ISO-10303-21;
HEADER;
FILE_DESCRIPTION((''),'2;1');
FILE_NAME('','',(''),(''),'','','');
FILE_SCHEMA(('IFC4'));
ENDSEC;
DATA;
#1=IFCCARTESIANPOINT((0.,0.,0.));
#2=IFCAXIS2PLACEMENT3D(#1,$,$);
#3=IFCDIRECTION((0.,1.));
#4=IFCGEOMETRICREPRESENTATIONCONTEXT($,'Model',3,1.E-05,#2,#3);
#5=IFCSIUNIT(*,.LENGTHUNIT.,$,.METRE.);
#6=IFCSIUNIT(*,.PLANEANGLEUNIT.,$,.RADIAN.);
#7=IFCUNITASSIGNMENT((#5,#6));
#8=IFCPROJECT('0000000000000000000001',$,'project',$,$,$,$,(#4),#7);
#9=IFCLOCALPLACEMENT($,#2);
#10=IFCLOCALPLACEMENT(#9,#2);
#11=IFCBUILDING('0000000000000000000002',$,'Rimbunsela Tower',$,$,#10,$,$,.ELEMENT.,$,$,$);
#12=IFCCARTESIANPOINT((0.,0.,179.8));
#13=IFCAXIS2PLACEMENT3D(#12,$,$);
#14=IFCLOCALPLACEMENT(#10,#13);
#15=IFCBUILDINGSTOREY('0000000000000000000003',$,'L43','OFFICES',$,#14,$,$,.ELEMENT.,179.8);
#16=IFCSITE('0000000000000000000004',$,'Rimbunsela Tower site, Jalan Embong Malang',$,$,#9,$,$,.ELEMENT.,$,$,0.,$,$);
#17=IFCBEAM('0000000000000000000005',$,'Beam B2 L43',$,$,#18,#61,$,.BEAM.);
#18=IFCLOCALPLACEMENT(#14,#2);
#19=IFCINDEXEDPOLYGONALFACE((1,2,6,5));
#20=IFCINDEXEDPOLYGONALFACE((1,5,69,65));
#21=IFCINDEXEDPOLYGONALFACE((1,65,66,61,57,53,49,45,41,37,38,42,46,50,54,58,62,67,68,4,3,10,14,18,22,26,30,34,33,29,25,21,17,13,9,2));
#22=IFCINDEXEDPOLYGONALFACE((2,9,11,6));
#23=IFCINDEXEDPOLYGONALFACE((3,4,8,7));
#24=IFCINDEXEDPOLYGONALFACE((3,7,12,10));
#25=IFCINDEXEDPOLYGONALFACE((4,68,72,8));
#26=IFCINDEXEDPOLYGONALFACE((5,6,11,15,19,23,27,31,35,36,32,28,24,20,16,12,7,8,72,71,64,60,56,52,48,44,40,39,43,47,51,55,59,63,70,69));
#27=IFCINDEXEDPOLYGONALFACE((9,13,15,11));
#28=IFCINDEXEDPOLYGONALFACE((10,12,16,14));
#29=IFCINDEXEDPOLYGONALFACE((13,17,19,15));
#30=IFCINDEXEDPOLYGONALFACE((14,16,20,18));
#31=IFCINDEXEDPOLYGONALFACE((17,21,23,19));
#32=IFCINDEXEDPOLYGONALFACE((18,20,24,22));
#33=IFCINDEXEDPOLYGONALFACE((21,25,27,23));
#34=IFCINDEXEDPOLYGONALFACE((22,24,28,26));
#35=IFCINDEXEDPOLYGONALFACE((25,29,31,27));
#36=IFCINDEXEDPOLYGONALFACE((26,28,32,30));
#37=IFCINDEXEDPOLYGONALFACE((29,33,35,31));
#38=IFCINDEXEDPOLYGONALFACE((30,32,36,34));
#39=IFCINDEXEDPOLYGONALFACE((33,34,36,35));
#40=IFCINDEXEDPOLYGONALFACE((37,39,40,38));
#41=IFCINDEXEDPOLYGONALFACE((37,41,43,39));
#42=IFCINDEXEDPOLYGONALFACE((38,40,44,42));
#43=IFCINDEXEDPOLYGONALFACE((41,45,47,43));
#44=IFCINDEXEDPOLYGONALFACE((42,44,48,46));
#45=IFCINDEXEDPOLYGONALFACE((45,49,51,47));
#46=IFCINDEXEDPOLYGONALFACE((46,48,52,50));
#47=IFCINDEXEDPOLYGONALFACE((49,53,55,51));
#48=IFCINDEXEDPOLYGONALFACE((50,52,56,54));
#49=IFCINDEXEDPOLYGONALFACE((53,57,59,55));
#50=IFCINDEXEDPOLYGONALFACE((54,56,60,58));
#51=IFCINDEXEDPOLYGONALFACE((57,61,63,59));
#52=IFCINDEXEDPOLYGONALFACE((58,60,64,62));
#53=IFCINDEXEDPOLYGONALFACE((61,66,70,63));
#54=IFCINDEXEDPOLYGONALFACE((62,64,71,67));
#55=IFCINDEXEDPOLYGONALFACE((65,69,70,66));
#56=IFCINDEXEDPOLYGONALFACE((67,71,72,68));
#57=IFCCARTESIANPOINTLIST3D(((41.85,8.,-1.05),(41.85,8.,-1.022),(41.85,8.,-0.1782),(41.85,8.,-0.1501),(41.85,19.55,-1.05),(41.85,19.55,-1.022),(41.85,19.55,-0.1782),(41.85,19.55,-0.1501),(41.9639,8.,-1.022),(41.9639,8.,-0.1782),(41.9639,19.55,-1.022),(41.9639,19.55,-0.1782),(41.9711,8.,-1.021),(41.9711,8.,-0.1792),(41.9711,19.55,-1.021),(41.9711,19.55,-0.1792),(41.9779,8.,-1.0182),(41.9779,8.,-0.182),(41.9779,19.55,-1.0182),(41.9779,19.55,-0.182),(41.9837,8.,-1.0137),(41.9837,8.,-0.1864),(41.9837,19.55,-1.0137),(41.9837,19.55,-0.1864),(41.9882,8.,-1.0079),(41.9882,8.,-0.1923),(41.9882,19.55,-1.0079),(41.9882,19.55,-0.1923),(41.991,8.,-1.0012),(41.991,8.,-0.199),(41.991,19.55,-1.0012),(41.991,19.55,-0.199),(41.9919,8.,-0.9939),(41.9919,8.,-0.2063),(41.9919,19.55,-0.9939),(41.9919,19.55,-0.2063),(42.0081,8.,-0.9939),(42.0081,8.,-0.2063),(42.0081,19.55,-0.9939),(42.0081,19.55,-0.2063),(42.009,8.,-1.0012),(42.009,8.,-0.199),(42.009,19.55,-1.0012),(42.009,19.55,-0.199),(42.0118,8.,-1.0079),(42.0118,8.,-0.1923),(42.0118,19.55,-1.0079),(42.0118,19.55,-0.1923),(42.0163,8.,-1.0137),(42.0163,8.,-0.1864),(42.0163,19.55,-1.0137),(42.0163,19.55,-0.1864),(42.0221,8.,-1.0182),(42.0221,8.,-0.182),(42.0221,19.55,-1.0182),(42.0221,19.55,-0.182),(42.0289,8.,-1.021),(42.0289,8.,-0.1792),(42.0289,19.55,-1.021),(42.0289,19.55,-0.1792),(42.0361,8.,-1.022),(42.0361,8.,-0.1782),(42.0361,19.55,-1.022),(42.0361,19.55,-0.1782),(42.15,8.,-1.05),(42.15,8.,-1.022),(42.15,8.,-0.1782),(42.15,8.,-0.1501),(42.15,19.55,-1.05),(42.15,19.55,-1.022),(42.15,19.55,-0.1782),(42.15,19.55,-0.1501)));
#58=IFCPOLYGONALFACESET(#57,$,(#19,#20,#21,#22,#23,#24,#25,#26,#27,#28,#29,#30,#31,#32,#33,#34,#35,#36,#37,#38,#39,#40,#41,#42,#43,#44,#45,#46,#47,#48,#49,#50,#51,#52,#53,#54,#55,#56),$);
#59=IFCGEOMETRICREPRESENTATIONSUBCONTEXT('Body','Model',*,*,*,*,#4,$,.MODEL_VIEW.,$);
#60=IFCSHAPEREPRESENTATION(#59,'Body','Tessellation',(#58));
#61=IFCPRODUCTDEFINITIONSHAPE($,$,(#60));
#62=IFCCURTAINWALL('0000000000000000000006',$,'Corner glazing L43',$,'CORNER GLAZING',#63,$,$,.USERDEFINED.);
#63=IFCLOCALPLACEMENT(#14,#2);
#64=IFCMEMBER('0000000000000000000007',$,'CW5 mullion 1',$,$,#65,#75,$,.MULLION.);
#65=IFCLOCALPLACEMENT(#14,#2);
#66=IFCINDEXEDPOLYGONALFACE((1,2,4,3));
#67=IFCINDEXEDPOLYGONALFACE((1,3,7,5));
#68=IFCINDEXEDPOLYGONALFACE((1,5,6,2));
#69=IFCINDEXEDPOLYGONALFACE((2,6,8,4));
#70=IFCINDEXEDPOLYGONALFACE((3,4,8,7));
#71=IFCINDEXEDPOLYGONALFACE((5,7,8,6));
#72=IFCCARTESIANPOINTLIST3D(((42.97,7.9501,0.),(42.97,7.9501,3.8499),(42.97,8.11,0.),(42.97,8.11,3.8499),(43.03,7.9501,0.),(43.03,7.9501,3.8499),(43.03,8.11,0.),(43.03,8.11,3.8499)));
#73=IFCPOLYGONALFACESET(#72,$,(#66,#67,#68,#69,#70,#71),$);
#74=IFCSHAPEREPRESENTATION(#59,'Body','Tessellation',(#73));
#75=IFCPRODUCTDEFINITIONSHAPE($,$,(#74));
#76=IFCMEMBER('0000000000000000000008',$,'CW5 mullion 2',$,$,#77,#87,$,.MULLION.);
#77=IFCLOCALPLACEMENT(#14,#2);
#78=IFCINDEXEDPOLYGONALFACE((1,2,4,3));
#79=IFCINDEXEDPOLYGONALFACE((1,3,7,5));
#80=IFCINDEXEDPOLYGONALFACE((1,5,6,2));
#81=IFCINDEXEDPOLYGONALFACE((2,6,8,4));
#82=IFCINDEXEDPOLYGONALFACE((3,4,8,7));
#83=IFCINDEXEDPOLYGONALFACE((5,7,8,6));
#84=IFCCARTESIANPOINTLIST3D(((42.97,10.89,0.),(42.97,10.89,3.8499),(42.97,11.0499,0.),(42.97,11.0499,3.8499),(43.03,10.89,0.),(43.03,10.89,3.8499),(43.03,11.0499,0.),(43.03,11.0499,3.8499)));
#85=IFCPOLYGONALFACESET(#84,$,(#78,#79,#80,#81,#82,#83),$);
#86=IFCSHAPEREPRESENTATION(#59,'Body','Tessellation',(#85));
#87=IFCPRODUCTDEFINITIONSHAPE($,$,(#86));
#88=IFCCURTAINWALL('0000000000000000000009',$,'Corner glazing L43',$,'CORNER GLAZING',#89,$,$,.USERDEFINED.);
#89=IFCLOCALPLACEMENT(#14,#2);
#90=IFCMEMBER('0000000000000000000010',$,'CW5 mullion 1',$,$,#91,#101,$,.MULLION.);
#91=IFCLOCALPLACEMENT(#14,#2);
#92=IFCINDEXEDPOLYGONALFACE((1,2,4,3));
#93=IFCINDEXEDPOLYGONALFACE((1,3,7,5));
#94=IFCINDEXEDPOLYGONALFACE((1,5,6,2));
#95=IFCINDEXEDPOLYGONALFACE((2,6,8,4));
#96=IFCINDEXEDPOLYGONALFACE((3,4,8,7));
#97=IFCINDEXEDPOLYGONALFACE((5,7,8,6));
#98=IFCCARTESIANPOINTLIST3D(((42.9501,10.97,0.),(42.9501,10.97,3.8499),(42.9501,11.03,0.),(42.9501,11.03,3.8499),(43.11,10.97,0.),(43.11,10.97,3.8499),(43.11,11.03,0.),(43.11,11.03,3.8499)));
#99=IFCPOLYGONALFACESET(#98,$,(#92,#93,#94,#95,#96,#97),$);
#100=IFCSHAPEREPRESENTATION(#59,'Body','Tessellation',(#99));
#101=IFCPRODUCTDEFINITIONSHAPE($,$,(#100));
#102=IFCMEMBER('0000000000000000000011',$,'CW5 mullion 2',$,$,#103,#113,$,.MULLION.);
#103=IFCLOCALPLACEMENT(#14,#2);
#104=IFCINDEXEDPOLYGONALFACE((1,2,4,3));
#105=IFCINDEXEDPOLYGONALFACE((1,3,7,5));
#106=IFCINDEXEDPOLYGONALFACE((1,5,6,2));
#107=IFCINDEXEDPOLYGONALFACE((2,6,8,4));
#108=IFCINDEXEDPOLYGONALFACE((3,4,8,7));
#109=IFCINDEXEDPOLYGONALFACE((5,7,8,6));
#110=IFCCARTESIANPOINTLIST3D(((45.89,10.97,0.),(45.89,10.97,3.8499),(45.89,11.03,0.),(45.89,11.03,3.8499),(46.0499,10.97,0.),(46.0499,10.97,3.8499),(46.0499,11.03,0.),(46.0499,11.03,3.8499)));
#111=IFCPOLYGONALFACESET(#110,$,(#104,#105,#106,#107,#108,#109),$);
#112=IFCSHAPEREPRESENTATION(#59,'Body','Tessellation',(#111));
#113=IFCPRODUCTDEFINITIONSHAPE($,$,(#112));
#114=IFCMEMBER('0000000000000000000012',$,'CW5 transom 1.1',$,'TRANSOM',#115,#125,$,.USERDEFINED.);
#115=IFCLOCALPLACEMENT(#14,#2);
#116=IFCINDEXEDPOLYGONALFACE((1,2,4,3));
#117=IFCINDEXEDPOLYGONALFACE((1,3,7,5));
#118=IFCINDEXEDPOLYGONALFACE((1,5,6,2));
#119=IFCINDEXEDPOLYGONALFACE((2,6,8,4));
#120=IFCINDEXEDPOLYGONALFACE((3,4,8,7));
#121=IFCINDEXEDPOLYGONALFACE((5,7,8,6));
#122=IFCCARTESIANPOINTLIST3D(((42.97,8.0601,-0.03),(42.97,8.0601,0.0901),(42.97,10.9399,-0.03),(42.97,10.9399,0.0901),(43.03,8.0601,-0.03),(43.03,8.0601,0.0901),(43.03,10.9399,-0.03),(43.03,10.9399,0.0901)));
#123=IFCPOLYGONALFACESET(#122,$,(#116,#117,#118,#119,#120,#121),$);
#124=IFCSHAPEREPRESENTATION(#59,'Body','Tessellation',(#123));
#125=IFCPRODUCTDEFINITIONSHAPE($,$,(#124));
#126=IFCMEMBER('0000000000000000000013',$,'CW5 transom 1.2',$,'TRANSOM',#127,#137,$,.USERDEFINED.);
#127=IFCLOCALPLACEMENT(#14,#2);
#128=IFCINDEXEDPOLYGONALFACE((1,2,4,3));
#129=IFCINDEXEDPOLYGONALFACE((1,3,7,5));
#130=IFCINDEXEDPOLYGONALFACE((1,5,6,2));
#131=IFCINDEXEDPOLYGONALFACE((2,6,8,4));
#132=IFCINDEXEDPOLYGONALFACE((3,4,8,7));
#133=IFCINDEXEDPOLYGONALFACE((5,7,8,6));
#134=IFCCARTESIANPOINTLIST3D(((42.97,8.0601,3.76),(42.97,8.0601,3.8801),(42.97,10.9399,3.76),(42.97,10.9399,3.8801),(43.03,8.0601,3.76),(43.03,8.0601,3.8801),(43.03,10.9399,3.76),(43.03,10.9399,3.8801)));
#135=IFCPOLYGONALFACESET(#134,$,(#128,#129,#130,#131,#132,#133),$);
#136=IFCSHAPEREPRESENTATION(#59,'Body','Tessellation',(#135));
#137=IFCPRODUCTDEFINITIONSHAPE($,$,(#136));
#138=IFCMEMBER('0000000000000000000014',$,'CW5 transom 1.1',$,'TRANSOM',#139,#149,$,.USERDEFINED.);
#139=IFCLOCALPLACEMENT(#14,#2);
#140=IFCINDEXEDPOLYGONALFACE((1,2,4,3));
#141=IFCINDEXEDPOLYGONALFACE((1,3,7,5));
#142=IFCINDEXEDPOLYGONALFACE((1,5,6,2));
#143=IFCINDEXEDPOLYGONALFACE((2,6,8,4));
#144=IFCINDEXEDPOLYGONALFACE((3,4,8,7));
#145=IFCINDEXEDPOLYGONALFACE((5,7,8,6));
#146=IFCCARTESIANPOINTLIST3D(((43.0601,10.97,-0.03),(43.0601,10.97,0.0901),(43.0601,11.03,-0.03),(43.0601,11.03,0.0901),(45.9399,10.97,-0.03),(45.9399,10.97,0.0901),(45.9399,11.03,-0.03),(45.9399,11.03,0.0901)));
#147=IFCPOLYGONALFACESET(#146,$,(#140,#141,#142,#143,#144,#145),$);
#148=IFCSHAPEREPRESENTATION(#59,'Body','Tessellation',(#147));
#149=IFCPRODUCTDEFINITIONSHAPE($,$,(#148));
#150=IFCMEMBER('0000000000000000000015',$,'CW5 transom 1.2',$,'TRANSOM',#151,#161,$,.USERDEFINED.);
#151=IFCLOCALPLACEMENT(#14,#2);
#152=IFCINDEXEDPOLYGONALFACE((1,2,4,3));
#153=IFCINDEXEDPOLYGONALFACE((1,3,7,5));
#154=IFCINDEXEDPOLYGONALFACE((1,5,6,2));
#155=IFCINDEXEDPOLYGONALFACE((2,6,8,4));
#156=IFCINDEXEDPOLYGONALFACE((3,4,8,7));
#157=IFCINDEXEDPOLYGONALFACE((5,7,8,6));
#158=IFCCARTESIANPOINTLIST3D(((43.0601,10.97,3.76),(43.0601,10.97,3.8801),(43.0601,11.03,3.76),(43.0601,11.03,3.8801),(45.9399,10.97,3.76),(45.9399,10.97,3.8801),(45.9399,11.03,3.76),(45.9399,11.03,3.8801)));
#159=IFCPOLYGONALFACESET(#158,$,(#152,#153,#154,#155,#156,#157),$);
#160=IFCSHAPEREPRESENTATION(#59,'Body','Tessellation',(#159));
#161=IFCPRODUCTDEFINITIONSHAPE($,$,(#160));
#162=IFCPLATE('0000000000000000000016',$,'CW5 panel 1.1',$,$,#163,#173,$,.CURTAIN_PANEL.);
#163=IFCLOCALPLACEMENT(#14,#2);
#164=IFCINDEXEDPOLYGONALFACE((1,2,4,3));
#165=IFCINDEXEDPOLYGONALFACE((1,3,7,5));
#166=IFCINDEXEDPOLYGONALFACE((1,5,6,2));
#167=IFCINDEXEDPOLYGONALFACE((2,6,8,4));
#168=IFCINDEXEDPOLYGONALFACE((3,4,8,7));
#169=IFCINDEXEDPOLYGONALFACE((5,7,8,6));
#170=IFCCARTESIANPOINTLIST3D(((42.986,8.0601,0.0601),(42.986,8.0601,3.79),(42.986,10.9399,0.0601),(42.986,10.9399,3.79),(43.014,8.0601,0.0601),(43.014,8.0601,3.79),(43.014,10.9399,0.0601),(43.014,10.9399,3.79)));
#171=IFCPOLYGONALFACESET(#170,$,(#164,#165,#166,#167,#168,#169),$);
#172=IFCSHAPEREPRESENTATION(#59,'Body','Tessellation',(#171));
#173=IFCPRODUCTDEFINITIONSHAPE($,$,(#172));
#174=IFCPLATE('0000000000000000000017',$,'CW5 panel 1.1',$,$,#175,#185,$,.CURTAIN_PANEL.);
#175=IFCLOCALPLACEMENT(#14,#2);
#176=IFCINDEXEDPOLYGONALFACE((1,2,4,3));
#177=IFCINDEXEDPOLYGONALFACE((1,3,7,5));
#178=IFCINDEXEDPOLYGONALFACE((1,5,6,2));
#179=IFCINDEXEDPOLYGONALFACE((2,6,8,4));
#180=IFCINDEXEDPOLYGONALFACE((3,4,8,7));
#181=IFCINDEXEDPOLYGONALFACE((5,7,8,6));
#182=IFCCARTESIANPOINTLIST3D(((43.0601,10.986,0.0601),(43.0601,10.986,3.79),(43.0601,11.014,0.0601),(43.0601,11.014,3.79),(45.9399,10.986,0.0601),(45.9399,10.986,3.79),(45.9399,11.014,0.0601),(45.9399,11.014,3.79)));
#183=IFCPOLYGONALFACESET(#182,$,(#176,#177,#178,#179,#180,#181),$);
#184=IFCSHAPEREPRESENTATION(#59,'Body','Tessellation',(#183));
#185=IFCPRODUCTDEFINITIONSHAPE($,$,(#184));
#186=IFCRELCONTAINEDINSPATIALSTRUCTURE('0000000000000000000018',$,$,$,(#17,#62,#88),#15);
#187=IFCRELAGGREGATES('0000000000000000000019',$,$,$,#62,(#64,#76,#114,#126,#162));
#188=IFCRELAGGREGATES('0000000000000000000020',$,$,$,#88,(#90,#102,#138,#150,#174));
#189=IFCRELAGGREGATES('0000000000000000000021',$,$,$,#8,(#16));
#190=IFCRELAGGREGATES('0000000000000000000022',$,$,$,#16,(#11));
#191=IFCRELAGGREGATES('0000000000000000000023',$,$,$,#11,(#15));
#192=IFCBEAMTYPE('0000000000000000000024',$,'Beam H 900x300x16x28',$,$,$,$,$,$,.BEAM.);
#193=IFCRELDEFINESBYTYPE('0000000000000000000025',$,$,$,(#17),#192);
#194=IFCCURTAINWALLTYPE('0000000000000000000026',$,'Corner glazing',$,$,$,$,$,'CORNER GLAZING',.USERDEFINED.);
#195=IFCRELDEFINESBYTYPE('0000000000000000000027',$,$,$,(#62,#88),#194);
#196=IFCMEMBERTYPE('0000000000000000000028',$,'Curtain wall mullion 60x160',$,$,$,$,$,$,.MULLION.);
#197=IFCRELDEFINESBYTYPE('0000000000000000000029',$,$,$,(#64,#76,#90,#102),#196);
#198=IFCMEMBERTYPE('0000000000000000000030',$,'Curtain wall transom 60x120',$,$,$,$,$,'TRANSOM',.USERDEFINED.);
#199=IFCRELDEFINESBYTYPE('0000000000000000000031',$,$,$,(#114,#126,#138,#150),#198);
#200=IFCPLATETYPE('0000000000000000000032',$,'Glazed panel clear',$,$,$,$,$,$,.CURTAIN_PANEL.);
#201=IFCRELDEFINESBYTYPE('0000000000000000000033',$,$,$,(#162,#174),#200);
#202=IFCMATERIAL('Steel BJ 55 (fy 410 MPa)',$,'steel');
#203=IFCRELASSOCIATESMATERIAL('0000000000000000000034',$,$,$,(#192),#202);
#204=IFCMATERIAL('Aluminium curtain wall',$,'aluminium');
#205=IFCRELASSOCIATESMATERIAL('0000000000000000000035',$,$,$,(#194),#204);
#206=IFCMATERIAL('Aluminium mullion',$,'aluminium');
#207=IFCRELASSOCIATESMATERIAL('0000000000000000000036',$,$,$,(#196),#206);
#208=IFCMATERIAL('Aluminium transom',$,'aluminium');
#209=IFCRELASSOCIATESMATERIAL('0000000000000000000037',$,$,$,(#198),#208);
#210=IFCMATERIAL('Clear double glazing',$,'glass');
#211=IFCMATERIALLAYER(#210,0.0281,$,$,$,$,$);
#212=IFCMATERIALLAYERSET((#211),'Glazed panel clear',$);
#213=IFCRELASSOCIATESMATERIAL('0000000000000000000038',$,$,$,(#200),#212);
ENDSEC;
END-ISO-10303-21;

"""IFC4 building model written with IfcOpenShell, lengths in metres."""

from ifc_helpers import new_model, si_unit, direction, frame, origin, origin_2d, place, context, subcontext, project, spatial, rectangle, i_section, extrude, material, layer, layer_set, material_profile, profile_set, type_object, element, aggregate, save


model = new_model("IFC4")

# Units and contexts
model_context = context("Model", 3, precision=1e-05, world=origin(), true_north=direction((0.0, 1.0)))
body_context = subcontext(model_context, "Body", "Model", "MODEL_VIEW")
ifc_project = project(units=[si_unit("LENGTHUNIT", "METRE"), si_unit("PLANEANGLEUNIT", "RADIAN")], contexts=[model_context])

# Site, building, storey
site_placement = place(None, origin())
site = spatial("IfcSite", under=ifc_project, at=site_placement, Name="Rimbunsela Tower site, Jalan Embong Malang", CompositionType="ELEMENT", RefElevation=0.0)
building_placement = place(site_placement, origin())
building = spatial("IfcBuilding", under=site, at=building_placement, Name="Rimbunsela Tower", CompositionType="ELEMENT")
storey_placement = place(building_placement, frame((0.0, 0.0, 179.8)))
storey = spatial("IfcBuildingStorey", under=building, at=storey_placement, Name="L43", Description="OFFICES", CompositionType="ELEMENT", Elevation=179.8)

# Beam
ifc_material_1 = material(Name="Steel BJ 55 (fy 410 MPa)", Category="steel")
ifc_material_profile_1 = material_profile(ifc_material_1, i_section(OverallWidth=0.3, OverallDepth=0.8999, WebThickness=0.0161, FlangeThickness=0.0281, FilletRadius=0.0281, at=origin_2d()), Name="H 900x300x16x28")
ifc_profile_set_1 = profile_set([ifc_material_profile_1], Name="Steel BJ 55 (fy 410 MPa)")
beam_type_1 = type_object("IfcBeamType", Name="Beam H 900x300x16x28", PredefinedType="BEAM", material=ifc_profile_set_1)
for number, where, z_axis, x_axis, name in (
    (1, (42.0, 8.0, -0.6001), (0.0, 1.0, 0.0), (-1.0, 0.0, 0.0), "Beam B2 L43"),
):
    element("IfcBeam", number, at=place(storey_placement, frame(where, z_axis=z_axis, x_axis=x_axis)), inside=storey, type_object=beam_type_1, Name=name, PredefinedType="BEAM", context=body_context, shape_type="SweptSolid", body=[
        extrude(i_section(OverallWidth=0.3, OverallDepth=0.8999, WebThickness=0.0161, FlangeThickness=0.0281, FilletRadius=0.0281, at=origin_2d()), origin(), (0.0, 0.0, 1.0), 11.55),
    ])

# Curtain walls, members
ifc_material_2 = material(Name="Aluminium curtain wall", Category="aluminium")
curtain_wall_type = type_object("IfcCurtainWallType", Name="Corner glazing", ElementType="CORNER GLAZING", PredefinedType="USERDEFINED", material=ifc_material_2)
curtain_wall_1_placement = place(storey_placement, origin())
curtain_wall_1 = element("IfcCurtainWall", 2, at=curtain_wall_1_placement, inside=storey, type_object=curtain_wall_type, Name="Corner glazing L43", ObjectType="CORNER GLAZING", PredefinedType="USERDEFINED")
ifc_material_3 = material(Name="Aluminium mullion", Category="aluminium")
ifc_material_profile_2 = material_profile(ifc_material_3, rectangle(XDim=0.0601, YDim=0.1599, at=origin_2d()), Name="Mullion 60x160")
ifc_profile_set_2 = profile_set([ifc_material_profile_2], Name="Aluminium mullion")
member_type_1 = type_object("IfcMemberType", Name="Curtain wall mullion 60x160", PredefinedType="MULLION", material=ifc_profile_set_2)
member_1_placement = place(storey_placement, frame((43.0, 8.03, 0.0), z_axis=(0.0, 0.0, 1.0), x_axis=(-1.0, 0.0, 0.0)))
member_1 = element("IfcMember", 3, at=member_1_placement, type_object=member_type_1, Name="CW5 mullion 1", PredefinedType="MULLION", context=body_context, shape_type="SweptSolid", body=[
    extrude(rectangle(XDim=0.0601, YDim=0.1599, at=origin_2d()), origin(), (0.0, 0.0, 1.0), 3.8499),
])
member_2_placement = place(storey_placement, frame((43.0, 10.97, 0.0), z_axis=(0.0, 0.0, 1.0), x_axis=(-1.0, 0.0, 0.0)))
member_2 = element("IfcMember", 4, at=member_2_placement, type_object=member_type_1, Name="CW5 mullion 2", PredefinedType="MULLION", context=body_context, shape_type="SweptSolid", body=[
    extrude(rectangle(XDim=0.0601, YDim=0.1599, at=origin_2d()), origin(), (0.0, 0.0, 1.0), 3.8499),
])
curtain_wall_2_placement = place(storey_placement, origin())
curtain_wall_2 = element("IfcCurtainWall", 5, at=curtain_wall_2_placement, inside=storey, type_object=curtain_wall_type, Name="Corner glazing L43", ObjectType="CORNER GLAZING", PredefinedType="USERDEFINED")
member_3_placement = place(storey_placement, frame((43.03, 11.0, 0.0), z_axis=(0.0, 0.0, 1.0), x_axis=(0.0, 1.0, 0.0)))
member_3 = element("IfcMember", 6, at=member_3_placement, type_object=member_type_1, Name="CW5 mullion 1", PredefinedType="MULLION", context=body_context, shape_type="SweptSolid", body=[
    extrude(rectangle(XDim=0.0601, YDim=0.1599, at=origin_2d()), origin(), (0.0, 0.0, 1.0), 3.8499),
])
member_4_placement = place(storey_placement, frame((45.97, 11.0, 0.0), z_axis=(0.0, 0.0, 1.0), x_axis=(0.0, 1.0, 0.0)))
member_4 = element("IfcMember", 7, at=member_4_placement, type_object=member_type_1, Name="CW5 mullion 2", PredefinedType="MULLION", context=body_context, shape_type="SweptSolid", body=[
    extrude(rectangle(XDim=0.0601, YDim=0.1599, at=origin_2d()), origin(), (0.0, 0.0, 1.0), 3.8499),
])

# Members
ifc_material_4 = material(Name="Aluminium transom", Category="aluminium")
ifc_material_profile_3 = material_profile(ifc_material_4, rectangle(XDim=0.0601, YDim=0.1201, at=origin_2d()), Name="Transom 60x120")
ifc_profile_set_3 = profile_set([ifc_material_profile_3], Name="Aluminium transom")
member_type_2 = type_object("IfcMemberType", Name="Curtain wall transom 60x120", ElementType="TRANSOM", PredefinedType="USERDEFINED", material=ifc_profile_set_3)
member_5_placement = place(storey_placement, frame((43.0, 8.0601, 0.03), z_axis=(0.0, 1.0, 0.0), x_axis=(-1.0, 0.0, 0.0)))
member_5 = element("IfcMember", 8, at=member_5_placement, type_object=member_type_2, Name="CW5 transom 1.1", ObjectType="TRANSOM", PredefinedType="USERDEFINED", context=body_context, shape_type="SweptSolid", body=[
    extrude(rectangle(XDim=0.0601, YDim=0.1201, at=origin_2d()), origin(), (0.0, 0.0, 1.0), 2.8799),
])
member_6_placement = place(storey_placement, frame((43.0, 8.0601, 3.8201), z_axis=(0.0, 1.0, 0.0), x_axis=(-1.0, 0.0, 0.0)))
member_6 = element("IfcMember", 9, at=member_6_placement, type_object=member_type_2, Name="CW5 transom 1.2", ObjectType="TRANSOM", PredefinedType="USERDEFINED", context=body_context, shape_type="SweptSolid", body=[
    extrude(rectangle(XDim=0.0601, YDim=0.1201, at=origin_2d()), origin(), (0.0, 0.0, 1.0), 2.8799),
])
member_7_placement = place(storey_placement, frame((43.0601, 11.0, 0.03), z_axis=(1.0, 0.0, 0.0), x_axis=(0.0, 1.0, 0.0)))
member_7 = element("IfcMember", 10, at=member_7_placement, type_object=member_type_2, Name="CW5 transom 1.1", ObjectType="TRANSOM", PredefinedType="USERDEFINED", context=body_context, shape_type="SweptSolid", body=[
    extrude(rectangle(XDim=0.0601, YDim=0.1201, at=origin_2d()), origin(), (0.0, 0.0, 1.0), 2.8799),
])
member_8_placement = place(storey_placement, frame((43.0601, 11.0, 3.8201), z_axis=(1.0, 0.0, 0.0), x_axis=(0.0, 1.0, 0.0)))
member_8 = element("IfcMember", 11, at=member_8_placement, type_object=member_type_2, Name="CW5 transom 1.2", ObjectType="TRANSOM", PredefinedType="USERDEFINED", context=body_context, shape_type="SweptSolid", body=[
    extrude(rectangle(XDim=0.0601, YDim=0.1201, at=origin_2d()), origin(), (0.0, 0.0, 1.0), 2.8799),
])

# Plates
ifc_material_5 = material(Name="Clear double glazing", Category="glass")
ifc_layer_1 = layer(ifc_material_5, 0.0281)
ifc_layer_set_1 = layer_set([ifc_layer_1], Name="Glazed panel clear")
plate_type = type_object("IfcPlateType", Name="Glazed panel clear", PredefinedType="CURTAIN_PANEL", material=ifc_layer_set_1)
plate_1_placement = place(storey_placement, frame((43.0, 9.5, 0.0601), z_axis=(0.0, 0.0, 1.0), x_axis=(0.0, 1.0, 0.0)))
plate_1 = element("IfcPlate", 12, at=plate_1_placement, type_object=plate_type, Name="CW5 panel 1.1", PredefinedType="CURTAIN_PANEL", context=body_context, shape_type="SweptSolid", body=[
    extrude(rectangle(XDim=2.8799, YDim=0.0281, at=origin_2d()), origin(), (0.0, 0.0, 1.0), 3.73),
])
aggregate(curtain_wall_1, [member_1, member_2, member_5, member_6, plate_1])
plate_2_placement = place(storey_placement, frame((44.5, 11.0, 0.0601), z_axis=(0.0, 0.0, 1.0), x_axis=(1.0, 0.0, 0.0)))
plate_2 = element("IfcPlate", 13, at=plate_2_placement, type_object=plate_type, Name="CW5 panel 1.1", PredefinedType="CURTAIN_PANEL", context=body_context, shape_type="SweptSolid", body=[
    extrude(rectangle(XDim=2.8799, YDim=0.0281, at=origin_2d()), origin(), (0.0, 0.0, 1.0), 3.73),
])
aggregate(curtain_wall_2, [member_3, member_4, member_7, member_8, plate_2])

save(model, "model.ifc")
